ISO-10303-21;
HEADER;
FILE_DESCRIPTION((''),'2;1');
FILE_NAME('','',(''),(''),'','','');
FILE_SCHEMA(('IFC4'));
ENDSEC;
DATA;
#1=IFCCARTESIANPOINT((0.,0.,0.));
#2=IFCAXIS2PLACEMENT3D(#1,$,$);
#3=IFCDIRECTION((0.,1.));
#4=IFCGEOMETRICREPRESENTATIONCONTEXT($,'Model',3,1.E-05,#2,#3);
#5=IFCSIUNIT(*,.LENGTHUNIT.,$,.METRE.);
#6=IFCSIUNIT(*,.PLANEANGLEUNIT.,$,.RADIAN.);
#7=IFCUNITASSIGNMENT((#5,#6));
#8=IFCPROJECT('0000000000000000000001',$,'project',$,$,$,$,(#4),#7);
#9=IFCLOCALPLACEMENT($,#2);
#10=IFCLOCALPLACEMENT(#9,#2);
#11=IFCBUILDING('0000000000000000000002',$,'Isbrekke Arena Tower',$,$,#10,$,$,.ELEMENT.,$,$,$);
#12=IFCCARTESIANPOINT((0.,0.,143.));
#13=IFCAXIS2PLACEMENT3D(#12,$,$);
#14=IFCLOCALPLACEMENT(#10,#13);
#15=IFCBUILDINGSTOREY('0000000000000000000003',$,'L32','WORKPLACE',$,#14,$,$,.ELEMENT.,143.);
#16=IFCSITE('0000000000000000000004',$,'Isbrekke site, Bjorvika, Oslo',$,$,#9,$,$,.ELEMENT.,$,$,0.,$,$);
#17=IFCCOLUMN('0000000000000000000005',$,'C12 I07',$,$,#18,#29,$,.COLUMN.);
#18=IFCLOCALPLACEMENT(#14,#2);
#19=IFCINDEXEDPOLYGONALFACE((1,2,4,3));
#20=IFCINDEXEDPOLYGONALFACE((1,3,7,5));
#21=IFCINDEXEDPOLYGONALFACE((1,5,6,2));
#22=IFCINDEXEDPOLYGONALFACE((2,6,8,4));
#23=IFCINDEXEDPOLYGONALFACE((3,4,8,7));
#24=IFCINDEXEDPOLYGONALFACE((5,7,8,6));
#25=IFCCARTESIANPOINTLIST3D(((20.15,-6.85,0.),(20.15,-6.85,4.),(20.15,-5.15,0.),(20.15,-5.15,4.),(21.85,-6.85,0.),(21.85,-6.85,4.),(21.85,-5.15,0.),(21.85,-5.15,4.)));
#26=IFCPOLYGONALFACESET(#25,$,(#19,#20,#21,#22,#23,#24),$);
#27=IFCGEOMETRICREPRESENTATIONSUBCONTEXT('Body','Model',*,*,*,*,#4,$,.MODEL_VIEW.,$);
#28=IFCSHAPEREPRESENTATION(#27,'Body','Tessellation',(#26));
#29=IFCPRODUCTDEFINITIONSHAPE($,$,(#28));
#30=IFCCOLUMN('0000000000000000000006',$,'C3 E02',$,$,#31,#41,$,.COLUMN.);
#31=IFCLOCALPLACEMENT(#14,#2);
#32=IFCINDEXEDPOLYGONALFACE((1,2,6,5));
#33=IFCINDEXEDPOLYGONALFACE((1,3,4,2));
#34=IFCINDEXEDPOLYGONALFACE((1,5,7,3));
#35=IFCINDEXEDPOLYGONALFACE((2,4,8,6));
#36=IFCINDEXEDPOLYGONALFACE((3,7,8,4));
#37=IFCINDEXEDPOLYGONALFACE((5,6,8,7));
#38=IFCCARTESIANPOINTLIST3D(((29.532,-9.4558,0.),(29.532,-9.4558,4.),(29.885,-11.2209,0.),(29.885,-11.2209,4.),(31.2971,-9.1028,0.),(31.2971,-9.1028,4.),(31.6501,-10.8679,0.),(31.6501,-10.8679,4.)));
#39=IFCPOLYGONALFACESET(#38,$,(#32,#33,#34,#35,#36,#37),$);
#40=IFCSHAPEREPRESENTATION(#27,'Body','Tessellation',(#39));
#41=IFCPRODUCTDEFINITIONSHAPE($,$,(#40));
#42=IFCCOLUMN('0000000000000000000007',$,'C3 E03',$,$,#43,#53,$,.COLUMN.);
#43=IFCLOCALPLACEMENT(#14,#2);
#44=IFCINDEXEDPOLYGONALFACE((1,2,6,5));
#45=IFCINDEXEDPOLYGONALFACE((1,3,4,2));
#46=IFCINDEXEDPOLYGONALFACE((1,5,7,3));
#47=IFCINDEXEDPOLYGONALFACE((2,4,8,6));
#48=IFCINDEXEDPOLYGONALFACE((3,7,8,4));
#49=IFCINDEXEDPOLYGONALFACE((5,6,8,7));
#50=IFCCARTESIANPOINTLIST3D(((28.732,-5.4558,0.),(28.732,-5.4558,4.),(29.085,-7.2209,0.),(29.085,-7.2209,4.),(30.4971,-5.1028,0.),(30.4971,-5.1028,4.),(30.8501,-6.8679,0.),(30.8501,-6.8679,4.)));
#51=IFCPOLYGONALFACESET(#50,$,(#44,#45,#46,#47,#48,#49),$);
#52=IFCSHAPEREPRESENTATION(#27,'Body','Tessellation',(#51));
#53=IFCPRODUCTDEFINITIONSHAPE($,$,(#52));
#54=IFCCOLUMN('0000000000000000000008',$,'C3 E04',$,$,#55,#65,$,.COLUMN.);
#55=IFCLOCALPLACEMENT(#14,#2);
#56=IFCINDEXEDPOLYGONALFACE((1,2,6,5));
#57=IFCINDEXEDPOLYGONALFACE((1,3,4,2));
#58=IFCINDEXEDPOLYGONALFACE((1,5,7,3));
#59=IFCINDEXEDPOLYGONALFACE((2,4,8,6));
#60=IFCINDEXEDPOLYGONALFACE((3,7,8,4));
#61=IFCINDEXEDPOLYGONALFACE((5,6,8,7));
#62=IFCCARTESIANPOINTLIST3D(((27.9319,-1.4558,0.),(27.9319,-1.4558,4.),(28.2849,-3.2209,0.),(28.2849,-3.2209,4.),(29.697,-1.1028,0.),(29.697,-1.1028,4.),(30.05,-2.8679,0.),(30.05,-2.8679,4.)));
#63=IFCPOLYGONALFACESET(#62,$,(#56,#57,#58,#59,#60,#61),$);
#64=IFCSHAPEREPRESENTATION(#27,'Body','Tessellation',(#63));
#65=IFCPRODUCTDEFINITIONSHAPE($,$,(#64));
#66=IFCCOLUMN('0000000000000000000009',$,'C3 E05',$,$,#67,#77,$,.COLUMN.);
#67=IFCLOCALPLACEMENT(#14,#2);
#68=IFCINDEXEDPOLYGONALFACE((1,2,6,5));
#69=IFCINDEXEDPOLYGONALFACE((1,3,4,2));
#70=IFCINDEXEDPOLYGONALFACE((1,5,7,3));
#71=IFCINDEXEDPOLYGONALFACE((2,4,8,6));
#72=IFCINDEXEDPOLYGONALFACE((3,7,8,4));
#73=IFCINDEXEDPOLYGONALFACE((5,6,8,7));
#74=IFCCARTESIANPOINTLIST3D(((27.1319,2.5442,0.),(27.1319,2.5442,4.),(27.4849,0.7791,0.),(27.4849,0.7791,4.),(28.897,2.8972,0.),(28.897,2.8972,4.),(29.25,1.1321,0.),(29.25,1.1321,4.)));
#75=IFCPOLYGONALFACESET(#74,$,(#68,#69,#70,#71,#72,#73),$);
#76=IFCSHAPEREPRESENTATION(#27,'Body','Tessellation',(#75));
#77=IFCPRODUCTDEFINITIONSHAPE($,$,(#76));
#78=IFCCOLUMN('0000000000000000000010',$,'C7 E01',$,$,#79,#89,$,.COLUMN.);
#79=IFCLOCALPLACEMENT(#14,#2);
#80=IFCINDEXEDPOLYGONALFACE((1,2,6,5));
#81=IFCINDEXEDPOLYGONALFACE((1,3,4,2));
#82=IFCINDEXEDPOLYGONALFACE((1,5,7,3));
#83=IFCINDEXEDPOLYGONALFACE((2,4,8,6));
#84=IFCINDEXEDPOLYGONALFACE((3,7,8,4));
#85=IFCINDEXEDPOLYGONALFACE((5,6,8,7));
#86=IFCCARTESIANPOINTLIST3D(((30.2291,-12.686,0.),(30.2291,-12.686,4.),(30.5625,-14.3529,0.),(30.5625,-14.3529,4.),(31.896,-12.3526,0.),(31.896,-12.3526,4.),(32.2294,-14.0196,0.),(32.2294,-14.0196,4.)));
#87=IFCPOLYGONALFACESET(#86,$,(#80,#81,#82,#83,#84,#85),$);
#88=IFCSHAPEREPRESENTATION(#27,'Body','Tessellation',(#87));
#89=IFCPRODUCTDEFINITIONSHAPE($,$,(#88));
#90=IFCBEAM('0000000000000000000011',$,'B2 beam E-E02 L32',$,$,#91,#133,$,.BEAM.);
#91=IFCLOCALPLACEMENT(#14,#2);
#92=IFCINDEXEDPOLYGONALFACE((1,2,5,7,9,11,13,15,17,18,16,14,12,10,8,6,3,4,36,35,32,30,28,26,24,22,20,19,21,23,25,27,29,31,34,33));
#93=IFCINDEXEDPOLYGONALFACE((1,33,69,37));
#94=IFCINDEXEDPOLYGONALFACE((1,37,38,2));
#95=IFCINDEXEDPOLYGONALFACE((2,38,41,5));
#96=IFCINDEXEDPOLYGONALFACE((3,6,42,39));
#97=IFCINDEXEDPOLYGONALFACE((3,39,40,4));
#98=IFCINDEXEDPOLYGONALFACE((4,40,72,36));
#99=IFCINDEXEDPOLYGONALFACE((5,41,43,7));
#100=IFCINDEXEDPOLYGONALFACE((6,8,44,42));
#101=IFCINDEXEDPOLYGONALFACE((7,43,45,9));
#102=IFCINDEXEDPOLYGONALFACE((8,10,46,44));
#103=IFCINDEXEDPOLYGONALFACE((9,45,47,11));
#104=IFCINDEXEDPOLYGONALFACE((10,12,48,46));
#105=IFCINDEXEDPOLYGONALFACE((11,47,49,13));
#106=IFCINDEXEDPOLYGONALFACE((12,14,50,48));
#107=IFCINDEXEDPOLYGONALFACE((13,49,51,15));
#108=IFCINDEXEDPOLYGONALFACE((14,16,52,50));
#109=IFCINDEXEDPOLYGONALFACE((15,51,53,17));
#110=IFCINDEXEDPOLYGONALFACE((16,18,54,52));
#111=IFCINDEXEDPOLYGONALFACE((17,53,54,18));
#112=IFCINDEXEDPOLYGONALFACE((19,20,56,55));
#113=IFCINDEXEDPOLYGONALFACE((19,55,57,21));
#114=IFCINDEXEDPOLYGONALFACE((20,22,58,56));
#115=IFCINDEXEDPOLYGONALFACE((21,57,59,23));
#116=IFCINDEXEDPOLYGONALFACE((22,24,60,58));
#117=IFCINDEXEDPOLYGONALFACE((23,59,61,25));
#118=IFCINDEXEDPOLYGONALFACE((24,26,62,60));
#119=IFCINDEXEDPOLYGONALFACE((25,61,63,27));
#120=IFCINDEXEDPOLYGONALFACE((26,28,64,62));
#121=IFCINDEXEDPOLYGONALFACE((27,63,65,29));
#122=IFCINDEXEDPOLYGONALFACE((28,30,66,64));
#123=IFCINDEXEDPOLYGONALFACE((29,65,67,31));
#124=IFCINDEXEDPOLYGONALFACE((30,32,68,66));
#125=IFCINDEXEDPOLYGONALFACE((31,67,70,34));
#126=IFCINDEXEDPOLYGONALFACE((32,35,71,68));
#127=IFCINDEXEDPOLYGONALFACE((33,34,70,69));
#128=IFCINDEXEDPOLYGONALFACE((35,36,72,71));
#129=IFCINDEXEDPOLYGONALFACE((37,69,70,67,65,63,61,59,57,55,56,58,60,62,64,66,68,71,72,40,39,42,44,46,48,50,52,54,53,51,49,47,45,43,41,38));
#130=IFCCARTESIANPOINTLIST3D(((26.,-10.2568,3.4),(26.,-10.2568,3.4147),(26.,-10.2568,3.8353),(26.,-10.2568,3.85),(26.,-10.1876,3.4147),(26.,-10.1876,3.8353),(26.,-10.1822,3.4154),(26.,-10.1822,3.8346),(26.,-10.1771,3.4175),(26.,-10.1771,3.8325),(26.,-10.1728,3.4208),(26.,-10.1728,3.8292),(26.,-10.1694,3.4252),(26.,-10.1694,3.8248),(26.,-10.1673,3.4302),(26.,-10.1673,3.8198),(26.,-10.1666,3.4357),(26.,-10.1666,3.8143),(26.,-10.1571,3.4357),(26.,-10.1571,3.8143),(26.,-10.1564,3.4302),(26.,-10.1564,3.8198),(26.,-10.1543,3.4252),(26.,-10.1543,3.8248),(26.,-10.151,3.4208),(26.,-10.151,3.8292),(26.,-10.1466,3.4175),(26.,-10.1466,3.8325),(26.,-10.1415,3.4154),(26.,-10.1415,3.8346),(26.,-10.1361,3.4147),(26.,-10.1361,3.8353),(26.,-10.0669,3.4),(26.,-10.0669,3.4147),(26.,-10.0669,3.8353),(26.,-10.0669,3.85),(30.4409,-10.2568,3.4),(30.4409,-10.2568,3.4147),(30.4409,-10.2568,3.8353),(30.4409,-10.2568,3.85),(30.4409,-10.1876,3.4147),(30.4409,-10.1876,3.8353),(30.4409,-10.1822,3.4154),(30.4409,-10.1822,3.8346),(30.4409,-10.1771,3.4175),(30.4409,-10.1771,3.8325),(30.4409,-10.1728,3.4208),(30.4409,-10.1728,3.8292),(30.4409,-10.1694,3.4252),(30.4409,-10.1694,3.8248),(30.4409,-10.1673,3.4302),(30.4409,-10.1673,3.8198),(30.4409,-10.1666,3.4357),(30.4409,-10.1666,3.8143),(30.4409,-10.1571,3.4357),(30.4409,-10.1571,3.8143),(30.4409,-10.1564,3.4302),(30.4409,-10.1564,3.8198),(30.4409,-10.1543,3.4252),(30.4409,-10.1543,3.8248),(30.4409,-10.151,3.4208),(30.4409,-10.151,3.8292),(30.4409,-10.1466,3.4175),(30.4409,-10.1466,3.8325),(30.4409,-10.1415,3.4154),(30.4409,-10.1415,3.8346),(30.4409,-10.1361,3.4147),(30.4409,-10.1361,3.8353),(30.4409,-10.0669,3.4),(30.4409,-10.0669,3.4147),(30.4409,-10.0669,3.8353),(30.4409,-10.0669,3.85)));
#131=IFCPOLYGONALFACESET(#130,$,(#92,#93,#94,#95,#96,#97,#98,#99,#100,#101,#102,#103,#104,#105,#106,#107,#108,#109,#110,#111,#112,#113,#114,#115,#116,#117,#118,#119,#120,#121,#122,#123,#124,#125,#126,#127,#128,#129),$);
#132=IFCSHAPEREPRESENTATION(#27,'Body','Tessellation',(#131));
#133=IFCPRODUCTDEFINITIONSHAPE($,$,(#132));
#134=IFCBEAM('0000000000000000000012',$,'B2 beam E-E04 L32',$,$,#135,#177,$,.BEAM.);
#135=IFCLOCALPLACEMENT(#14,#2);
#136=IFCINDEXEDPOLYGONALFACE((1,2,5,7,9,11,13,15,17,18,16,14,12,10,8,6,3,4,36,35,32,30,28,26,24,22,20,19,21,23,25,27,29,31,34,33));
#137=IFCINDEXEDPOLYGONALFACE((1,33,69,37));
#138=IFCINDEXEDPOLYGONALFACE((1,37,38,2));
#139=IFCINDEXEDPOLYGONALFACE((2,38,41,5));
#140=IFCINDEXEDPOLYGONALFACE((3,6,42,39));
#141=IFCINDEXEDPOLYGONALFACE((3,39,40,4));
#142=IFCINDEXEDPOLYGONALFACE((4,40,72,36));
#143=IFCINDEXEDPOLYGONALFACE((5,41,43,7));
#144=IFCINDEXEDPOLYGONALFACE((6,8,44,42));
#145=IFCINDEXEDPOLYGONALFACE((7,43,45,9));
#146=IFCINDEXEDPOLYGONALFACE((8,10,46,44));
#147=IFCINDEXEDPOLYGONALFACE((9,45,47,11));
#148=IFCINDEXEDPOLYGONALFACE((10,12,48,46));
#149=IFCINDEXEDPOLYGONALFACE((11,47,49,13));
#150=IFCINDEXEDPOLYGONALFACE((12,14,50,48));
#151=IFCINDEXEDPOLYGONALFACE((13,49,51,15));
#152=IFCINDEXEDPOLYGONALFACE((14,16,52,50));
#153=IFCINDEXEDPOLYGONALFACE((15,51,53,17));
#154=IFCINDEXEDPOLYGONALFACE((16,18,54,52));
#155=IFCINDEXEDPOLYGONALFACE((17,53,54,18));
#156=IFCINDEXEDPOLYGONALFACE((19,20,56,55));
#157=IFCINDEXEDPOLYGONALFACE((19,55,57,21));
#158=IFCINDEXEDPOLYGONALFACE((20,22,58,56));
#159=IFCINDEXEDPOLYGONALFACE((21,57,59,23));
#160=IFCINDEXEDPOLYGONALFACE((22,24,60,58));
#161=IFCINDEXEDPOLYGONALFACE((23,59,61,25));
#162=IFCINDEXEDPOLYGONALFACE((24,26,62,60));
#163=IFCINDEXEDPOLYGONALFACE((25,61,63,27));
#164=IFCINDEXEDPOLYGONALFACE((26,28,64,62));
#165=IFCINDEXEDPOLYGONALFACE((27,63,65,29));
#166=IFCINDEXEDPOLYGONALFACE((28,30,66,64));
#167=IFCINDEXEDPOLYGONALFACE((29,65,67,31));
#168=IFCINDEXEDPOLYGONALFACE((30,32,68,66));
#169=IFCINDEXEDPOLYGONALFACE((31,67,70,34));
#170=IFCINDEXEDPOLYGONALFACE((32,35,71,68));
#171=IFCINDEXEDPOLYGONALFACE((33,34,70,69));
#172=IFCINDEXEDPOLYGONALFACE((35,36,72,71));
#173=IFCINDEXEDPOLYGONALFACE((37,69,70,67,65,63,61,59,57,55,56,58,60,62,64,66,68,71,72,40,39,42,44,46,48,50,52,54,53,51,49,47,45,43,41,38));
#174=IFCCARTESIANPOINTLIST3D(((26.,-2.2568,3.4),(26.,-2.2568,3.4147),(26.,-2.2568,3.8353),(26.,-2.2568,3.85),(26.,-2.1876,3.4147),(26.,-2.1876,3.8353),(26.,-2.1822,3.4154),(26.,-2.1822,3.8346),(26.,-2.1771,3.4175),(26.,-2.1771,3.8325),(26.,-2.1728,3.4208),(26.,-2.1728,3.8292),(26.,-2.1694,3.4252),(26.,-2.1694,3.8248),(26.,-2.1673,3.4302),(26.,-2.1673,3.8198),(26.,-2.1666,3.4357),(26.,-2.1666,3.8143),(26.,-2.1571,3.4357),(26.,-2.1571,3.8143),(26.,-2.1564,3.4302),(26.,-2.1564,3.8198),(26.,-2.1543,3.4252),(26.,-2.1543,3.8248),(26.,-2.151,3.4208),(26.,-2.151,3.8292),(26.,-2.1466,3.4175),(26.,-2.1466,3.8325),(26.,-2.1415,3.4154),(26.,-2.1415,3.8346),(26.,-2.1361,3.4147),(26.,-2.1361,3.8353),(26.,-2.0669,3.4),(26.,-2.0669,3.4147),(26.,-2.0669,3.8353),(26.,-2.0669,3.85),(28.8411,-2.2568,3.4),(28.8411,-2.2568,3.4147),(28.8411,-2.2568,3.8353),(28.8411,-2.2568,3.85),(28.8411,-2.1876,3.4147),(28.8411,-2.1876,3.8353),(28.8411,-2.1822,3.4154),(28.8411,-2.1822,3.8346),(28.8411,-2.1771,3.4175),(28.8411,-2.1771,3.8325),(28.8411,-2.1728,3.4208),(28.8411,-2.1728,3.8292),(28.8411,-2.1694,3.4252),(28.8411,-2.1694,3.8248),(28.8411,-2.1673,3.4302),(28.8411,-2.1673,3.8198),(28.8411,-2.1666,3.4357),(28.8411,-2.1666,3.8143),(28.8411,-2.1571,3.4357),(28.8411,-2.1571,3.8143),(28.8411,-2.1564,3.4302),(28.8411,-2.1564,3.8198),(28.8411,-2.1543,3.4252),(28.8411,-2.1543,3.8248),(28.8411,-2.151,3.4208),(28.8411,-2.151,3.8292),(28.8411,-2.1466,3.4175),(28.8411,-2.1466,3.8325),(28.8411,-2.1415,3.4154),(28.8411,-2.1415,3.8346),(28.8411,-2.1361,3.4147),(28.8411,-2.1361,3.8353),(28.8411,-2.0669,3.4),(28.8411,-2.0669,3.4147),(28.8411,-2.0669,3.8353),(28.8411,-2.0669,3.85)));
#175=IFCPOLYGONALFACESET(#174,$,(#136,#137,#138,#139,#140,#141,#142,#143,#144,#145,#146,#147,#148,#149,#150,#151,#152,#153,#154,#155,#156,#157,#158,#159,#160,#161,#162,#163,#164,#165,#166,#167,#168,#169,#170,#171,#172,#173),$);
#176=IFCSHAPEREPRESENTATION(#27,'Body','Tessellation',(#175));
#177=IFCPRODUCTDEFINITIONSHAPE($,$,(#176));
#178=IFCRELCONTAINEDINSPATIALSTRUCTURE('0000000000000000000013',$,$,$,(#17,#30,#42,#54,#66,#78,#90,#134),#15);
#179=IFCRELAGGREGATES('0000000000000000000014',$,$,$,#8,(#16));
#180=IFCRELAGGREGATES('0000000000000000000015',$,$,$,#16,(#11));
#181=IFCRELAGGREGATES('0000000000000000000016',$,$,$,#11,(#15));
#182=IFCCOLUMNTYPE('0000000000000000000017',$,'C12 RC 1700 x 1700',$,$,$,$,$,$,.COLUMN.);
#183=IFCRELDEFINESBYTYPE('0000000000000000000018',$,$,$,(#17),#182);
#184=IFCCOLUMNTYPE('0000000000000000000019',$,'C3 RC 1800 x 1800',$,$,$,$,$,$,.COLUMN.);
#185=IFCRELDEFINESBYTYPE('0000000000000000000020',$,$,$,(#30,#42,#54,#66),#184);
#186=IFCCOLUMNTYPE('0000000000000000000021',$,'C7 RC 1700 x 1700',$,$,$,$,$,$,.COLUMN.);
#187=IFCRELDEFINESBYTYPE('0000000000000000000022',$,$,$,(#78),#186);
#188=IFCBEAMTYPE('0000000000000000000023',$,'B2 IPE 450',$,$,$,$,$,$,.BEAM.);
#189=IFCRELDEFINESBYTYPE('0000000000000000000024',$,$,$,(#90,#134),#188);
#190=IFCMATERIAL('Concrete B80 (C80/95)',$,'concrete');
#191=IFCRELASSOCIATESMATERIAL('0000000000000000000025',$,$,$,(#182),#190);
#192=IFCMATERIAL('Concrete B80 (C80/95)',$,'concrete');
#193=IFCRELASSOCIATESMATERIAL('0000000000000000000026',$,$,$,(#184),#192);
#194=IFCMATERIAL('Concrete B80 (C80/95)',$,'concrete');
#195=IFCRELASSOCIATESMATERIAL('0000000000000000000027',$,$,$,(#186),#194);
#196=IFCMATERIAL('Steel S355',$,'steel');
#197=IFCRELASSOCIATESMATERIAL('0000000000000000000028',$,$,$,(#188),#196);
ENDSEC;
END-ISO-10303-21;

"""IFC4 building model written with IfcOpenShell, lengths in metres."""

from ifc_helpers import new_model, si_unit, direction, frame, origin, origin_2d, place, context, subcontext, project, spatial, rectangle, i_section, extrude, material, material_profile, profile_set, type_object, element, save


model = new_model("IFC4")

# Units and contexts
model_context = context("Model", 3, precision=1e-05, world=origin(), true_north=direction((0.0, 1.0)))
body_context = subcontext(model_context, "Body", "Model", "MODEL_VIEW")
ifc_project = project(units=[si_unit("LENGTHUNIT", "METRE"), si_unit("PLANEANGLEUNIT", "RADIAN")], contexts=[model_context])

# Site, building, storey
site_placement = place(None, origin())
site = spatial("IfcSite", under=ifc_project, at=site_placement, Name="Isbrekke site, Bjorvika, Oslo", CompositionType="ELEMENT", RefElevation=0.0)
building_placement = place(site_placement, origin())
building = spatial("IfcBuilding", under=site, at=building_placement, Name="Isbrekke Arena Tower", CompositionType="ELEMENT")
storey_placement = place(building_placement, frame((0.0, 0.0, 143.0)))
storey = spatial("IfcBuildingStorey", under=building, at=storey_placement, Name="L32", Description="WORKPLACE", CompositionType="ELEMENT", Elevation=143.0)

# Columns
ifc_material_1 = material(Name="Concrete B80 (C80/95)", Category="concrete")
ifc_material_profile_1 = material_profile(ifc_material_1, rectangle(XDim=1.7, YDim=1.7, at=origin_2d()), Name="RC 1700x1700")
ifc_profile_set_1 = profile_set([ifc_material_profile_1], Name="Concrete B80 (C80/95)")
column_type_1 = type_object("IfcColumnType", Name="C12 RC 1700 x 1700", PredefinedType="COLUMN", material=ifc_profile_set_1)
column_1_placement = place(storey_placement, frame((21.0, -6.0, 0.0), z_axis=(0.0, 0.0, 1.0), x_axis=(1.0, 0.0, 0.0)))
element("IfcColumn", 1, at=column_1_placement, inside=storey, type_object=column_type_1, Name="C12 I07", PredefinedType="COLUMN", context=body_context, shape_type="SweptSolid", body=[
    extrude(rectangle(XDim=1.7, YDim=1.7, at=origin_2d()), origin(), (0.0, 0.0, 1.0), 4.0),
])
ifc_material_2 = material(Name="Concrete B80 (C80/95)", Category="concrete")
ifc_material_profile_2 = material_profile(ifc_material_2, rectangle(XDim=1.8, YDim=1.8, at=origin_2d()), Name="RC 1800x1800")
ifc_profile_set_2 = profile_set([ifc_material_profile_2], Name="Concrete B80 (C80/95)")
column_type_2 = type_object("IfcColumnType", Name="C3 RC 1800 x 1800", PredefinedType="COLUMN", material=ifc_profile_set_2)
for number, where, z_axis, x_axis, name in (
    (2, (30.5911, -10.1619, 0.0), (0.0, 0.0, 1.0), (-0.196116, 0.980581, 0.0), "C3 E02"),
    (3, (29.791, -6.1619, 0.0), (0.0, 0.0, 1.0), (-0.196116, 0.980581, 0.0), "C3 E03"),
    (4, (28.991, -2.1619, 0.0), (0.0, 0.0, 1.0), (-0.196116, 0.980581, 0.0), "C3 E04"),
    (5, (28.1909, 1.8381, 0.0), (0.0, 0.0, 1.0), (-0.196116, 0.980581, 0.0), "C3 E05"),
):
    element("IfcColumn", number, at=place(storey_placement, frame(where, z_axis=z_axis, x_axis=x_axis)), inside=storey, type_object=column_type_2, Name=name, PredefinedType="COLUMN", context=body_context, shape_type="SweptSolid", body=[
        extrude(rectangle(XDim=1.8, YDim=1.8, at=origin_2d()), origin(), (0.0, 0.0, 1.0), 4.0),
    ])
ifc_material_3 = material(Name="Concrete B80 (C80/95)", Category="concrete")
ifc_material_profile_3 = material_profile(ifc_material_3, rectangle(XDim=1.7, YDim=1.7, at=origin_2d()), Name="RC 1700x1700")
ifc_profile_set_3 = profile_set([ifc_material_profile_3], Name="Concrete B80 (C80/95)")
column_type_3 = type_object("IfcColumnType", Name="C7 RC 1700 x 1700", PredefinedType="COLUMN", material=ifc_profile_set_3)
column_2_placement = place(storey_placement, frame((31.2292, -13.3528, 0.0), z_axis=(0.0, 0.0, 1.0), x_axis=(-0.196116, 0.980581, 0.0)))
element("IfcColumn", 6, at=column_2_placement, inside=storey, type_object=column_type_3, Name="C7 E01", PredefinedType="COLUMN", context=body_context, shape_type="SweptSolid", body=[
    extrude(rectangle(XDim=1.7, YDim=1.7, at=origin_2d()), origin(), (0.0, 0.0, 1.0), 4.0),
])

# Beams
ifc_material_4 = material(Name="Steel S355", Category="steel")
ifc_material_profile_4 = material_profile(ifc_material_4, i_section(OverallWidth=0.1899, OverallDepth=0.45, WebThickness=0.0095, FlangeThickness=0.0146, FilletRadius=0.021, at=origin_2d()), Name="IPE 450")
ifc_profile_set_4 = profile_set([ifc_material_profile_4], Name="Steel S355")
beam_type_1 = type_object("IfcBeamType", Name="B2 IPE 450", PredefinedType="BEAM", material=ifc_profile_set_4)
beam_1_placement = place(storey_placement, frame((30.4409, -10.1619, 3.625), z_axis=(-1.0, 0.0, 0.0), x_axis=(0.0, -1.0, 0.0)))
element("IfcBeam", 7, at=beam_1_placement, inside=storey, type_object=beam_type_1, Name="B2 beam E-E02 L32", PredefinedType="BEAM", context=body_context, shape_type="SweptSolid", body=[
    extrude(i_section(OverallWidth=0.1899, OverallDepth=0.45, WebThickness=0.0095, FlangeThickness=0.0146, FilletRadius=0.021, at=origin_2d()), origin(), (0.0, 0.0, 1.0), 4.4409),
])
beam_2_placement = place(storey_placement, frame((28.8411, -2.1619, 3.625), z_axis=(-1.0, 0.0, 0.0), x_axis=(0.0, -1.0, 0.0)))
element("IfcBeam", 8, at=beam_2_placement, inside=storey, type_object=beam_type_1, Name="B2 beam E-E04 L32", PredefinedType="BEAM", context=body_context, shape_type="SweptSolid", body=[
    extrude(i_section(OverallWidth=0.1899, OverallDepth=0.45, WebThickness=0.0095, FlangeThickness=0.0146, FilletRadius=0.021, at=origin_2d()), origin(), (0.0, 0.0, 1.0), 2.8411),
])

save(model, "model.ifc")
